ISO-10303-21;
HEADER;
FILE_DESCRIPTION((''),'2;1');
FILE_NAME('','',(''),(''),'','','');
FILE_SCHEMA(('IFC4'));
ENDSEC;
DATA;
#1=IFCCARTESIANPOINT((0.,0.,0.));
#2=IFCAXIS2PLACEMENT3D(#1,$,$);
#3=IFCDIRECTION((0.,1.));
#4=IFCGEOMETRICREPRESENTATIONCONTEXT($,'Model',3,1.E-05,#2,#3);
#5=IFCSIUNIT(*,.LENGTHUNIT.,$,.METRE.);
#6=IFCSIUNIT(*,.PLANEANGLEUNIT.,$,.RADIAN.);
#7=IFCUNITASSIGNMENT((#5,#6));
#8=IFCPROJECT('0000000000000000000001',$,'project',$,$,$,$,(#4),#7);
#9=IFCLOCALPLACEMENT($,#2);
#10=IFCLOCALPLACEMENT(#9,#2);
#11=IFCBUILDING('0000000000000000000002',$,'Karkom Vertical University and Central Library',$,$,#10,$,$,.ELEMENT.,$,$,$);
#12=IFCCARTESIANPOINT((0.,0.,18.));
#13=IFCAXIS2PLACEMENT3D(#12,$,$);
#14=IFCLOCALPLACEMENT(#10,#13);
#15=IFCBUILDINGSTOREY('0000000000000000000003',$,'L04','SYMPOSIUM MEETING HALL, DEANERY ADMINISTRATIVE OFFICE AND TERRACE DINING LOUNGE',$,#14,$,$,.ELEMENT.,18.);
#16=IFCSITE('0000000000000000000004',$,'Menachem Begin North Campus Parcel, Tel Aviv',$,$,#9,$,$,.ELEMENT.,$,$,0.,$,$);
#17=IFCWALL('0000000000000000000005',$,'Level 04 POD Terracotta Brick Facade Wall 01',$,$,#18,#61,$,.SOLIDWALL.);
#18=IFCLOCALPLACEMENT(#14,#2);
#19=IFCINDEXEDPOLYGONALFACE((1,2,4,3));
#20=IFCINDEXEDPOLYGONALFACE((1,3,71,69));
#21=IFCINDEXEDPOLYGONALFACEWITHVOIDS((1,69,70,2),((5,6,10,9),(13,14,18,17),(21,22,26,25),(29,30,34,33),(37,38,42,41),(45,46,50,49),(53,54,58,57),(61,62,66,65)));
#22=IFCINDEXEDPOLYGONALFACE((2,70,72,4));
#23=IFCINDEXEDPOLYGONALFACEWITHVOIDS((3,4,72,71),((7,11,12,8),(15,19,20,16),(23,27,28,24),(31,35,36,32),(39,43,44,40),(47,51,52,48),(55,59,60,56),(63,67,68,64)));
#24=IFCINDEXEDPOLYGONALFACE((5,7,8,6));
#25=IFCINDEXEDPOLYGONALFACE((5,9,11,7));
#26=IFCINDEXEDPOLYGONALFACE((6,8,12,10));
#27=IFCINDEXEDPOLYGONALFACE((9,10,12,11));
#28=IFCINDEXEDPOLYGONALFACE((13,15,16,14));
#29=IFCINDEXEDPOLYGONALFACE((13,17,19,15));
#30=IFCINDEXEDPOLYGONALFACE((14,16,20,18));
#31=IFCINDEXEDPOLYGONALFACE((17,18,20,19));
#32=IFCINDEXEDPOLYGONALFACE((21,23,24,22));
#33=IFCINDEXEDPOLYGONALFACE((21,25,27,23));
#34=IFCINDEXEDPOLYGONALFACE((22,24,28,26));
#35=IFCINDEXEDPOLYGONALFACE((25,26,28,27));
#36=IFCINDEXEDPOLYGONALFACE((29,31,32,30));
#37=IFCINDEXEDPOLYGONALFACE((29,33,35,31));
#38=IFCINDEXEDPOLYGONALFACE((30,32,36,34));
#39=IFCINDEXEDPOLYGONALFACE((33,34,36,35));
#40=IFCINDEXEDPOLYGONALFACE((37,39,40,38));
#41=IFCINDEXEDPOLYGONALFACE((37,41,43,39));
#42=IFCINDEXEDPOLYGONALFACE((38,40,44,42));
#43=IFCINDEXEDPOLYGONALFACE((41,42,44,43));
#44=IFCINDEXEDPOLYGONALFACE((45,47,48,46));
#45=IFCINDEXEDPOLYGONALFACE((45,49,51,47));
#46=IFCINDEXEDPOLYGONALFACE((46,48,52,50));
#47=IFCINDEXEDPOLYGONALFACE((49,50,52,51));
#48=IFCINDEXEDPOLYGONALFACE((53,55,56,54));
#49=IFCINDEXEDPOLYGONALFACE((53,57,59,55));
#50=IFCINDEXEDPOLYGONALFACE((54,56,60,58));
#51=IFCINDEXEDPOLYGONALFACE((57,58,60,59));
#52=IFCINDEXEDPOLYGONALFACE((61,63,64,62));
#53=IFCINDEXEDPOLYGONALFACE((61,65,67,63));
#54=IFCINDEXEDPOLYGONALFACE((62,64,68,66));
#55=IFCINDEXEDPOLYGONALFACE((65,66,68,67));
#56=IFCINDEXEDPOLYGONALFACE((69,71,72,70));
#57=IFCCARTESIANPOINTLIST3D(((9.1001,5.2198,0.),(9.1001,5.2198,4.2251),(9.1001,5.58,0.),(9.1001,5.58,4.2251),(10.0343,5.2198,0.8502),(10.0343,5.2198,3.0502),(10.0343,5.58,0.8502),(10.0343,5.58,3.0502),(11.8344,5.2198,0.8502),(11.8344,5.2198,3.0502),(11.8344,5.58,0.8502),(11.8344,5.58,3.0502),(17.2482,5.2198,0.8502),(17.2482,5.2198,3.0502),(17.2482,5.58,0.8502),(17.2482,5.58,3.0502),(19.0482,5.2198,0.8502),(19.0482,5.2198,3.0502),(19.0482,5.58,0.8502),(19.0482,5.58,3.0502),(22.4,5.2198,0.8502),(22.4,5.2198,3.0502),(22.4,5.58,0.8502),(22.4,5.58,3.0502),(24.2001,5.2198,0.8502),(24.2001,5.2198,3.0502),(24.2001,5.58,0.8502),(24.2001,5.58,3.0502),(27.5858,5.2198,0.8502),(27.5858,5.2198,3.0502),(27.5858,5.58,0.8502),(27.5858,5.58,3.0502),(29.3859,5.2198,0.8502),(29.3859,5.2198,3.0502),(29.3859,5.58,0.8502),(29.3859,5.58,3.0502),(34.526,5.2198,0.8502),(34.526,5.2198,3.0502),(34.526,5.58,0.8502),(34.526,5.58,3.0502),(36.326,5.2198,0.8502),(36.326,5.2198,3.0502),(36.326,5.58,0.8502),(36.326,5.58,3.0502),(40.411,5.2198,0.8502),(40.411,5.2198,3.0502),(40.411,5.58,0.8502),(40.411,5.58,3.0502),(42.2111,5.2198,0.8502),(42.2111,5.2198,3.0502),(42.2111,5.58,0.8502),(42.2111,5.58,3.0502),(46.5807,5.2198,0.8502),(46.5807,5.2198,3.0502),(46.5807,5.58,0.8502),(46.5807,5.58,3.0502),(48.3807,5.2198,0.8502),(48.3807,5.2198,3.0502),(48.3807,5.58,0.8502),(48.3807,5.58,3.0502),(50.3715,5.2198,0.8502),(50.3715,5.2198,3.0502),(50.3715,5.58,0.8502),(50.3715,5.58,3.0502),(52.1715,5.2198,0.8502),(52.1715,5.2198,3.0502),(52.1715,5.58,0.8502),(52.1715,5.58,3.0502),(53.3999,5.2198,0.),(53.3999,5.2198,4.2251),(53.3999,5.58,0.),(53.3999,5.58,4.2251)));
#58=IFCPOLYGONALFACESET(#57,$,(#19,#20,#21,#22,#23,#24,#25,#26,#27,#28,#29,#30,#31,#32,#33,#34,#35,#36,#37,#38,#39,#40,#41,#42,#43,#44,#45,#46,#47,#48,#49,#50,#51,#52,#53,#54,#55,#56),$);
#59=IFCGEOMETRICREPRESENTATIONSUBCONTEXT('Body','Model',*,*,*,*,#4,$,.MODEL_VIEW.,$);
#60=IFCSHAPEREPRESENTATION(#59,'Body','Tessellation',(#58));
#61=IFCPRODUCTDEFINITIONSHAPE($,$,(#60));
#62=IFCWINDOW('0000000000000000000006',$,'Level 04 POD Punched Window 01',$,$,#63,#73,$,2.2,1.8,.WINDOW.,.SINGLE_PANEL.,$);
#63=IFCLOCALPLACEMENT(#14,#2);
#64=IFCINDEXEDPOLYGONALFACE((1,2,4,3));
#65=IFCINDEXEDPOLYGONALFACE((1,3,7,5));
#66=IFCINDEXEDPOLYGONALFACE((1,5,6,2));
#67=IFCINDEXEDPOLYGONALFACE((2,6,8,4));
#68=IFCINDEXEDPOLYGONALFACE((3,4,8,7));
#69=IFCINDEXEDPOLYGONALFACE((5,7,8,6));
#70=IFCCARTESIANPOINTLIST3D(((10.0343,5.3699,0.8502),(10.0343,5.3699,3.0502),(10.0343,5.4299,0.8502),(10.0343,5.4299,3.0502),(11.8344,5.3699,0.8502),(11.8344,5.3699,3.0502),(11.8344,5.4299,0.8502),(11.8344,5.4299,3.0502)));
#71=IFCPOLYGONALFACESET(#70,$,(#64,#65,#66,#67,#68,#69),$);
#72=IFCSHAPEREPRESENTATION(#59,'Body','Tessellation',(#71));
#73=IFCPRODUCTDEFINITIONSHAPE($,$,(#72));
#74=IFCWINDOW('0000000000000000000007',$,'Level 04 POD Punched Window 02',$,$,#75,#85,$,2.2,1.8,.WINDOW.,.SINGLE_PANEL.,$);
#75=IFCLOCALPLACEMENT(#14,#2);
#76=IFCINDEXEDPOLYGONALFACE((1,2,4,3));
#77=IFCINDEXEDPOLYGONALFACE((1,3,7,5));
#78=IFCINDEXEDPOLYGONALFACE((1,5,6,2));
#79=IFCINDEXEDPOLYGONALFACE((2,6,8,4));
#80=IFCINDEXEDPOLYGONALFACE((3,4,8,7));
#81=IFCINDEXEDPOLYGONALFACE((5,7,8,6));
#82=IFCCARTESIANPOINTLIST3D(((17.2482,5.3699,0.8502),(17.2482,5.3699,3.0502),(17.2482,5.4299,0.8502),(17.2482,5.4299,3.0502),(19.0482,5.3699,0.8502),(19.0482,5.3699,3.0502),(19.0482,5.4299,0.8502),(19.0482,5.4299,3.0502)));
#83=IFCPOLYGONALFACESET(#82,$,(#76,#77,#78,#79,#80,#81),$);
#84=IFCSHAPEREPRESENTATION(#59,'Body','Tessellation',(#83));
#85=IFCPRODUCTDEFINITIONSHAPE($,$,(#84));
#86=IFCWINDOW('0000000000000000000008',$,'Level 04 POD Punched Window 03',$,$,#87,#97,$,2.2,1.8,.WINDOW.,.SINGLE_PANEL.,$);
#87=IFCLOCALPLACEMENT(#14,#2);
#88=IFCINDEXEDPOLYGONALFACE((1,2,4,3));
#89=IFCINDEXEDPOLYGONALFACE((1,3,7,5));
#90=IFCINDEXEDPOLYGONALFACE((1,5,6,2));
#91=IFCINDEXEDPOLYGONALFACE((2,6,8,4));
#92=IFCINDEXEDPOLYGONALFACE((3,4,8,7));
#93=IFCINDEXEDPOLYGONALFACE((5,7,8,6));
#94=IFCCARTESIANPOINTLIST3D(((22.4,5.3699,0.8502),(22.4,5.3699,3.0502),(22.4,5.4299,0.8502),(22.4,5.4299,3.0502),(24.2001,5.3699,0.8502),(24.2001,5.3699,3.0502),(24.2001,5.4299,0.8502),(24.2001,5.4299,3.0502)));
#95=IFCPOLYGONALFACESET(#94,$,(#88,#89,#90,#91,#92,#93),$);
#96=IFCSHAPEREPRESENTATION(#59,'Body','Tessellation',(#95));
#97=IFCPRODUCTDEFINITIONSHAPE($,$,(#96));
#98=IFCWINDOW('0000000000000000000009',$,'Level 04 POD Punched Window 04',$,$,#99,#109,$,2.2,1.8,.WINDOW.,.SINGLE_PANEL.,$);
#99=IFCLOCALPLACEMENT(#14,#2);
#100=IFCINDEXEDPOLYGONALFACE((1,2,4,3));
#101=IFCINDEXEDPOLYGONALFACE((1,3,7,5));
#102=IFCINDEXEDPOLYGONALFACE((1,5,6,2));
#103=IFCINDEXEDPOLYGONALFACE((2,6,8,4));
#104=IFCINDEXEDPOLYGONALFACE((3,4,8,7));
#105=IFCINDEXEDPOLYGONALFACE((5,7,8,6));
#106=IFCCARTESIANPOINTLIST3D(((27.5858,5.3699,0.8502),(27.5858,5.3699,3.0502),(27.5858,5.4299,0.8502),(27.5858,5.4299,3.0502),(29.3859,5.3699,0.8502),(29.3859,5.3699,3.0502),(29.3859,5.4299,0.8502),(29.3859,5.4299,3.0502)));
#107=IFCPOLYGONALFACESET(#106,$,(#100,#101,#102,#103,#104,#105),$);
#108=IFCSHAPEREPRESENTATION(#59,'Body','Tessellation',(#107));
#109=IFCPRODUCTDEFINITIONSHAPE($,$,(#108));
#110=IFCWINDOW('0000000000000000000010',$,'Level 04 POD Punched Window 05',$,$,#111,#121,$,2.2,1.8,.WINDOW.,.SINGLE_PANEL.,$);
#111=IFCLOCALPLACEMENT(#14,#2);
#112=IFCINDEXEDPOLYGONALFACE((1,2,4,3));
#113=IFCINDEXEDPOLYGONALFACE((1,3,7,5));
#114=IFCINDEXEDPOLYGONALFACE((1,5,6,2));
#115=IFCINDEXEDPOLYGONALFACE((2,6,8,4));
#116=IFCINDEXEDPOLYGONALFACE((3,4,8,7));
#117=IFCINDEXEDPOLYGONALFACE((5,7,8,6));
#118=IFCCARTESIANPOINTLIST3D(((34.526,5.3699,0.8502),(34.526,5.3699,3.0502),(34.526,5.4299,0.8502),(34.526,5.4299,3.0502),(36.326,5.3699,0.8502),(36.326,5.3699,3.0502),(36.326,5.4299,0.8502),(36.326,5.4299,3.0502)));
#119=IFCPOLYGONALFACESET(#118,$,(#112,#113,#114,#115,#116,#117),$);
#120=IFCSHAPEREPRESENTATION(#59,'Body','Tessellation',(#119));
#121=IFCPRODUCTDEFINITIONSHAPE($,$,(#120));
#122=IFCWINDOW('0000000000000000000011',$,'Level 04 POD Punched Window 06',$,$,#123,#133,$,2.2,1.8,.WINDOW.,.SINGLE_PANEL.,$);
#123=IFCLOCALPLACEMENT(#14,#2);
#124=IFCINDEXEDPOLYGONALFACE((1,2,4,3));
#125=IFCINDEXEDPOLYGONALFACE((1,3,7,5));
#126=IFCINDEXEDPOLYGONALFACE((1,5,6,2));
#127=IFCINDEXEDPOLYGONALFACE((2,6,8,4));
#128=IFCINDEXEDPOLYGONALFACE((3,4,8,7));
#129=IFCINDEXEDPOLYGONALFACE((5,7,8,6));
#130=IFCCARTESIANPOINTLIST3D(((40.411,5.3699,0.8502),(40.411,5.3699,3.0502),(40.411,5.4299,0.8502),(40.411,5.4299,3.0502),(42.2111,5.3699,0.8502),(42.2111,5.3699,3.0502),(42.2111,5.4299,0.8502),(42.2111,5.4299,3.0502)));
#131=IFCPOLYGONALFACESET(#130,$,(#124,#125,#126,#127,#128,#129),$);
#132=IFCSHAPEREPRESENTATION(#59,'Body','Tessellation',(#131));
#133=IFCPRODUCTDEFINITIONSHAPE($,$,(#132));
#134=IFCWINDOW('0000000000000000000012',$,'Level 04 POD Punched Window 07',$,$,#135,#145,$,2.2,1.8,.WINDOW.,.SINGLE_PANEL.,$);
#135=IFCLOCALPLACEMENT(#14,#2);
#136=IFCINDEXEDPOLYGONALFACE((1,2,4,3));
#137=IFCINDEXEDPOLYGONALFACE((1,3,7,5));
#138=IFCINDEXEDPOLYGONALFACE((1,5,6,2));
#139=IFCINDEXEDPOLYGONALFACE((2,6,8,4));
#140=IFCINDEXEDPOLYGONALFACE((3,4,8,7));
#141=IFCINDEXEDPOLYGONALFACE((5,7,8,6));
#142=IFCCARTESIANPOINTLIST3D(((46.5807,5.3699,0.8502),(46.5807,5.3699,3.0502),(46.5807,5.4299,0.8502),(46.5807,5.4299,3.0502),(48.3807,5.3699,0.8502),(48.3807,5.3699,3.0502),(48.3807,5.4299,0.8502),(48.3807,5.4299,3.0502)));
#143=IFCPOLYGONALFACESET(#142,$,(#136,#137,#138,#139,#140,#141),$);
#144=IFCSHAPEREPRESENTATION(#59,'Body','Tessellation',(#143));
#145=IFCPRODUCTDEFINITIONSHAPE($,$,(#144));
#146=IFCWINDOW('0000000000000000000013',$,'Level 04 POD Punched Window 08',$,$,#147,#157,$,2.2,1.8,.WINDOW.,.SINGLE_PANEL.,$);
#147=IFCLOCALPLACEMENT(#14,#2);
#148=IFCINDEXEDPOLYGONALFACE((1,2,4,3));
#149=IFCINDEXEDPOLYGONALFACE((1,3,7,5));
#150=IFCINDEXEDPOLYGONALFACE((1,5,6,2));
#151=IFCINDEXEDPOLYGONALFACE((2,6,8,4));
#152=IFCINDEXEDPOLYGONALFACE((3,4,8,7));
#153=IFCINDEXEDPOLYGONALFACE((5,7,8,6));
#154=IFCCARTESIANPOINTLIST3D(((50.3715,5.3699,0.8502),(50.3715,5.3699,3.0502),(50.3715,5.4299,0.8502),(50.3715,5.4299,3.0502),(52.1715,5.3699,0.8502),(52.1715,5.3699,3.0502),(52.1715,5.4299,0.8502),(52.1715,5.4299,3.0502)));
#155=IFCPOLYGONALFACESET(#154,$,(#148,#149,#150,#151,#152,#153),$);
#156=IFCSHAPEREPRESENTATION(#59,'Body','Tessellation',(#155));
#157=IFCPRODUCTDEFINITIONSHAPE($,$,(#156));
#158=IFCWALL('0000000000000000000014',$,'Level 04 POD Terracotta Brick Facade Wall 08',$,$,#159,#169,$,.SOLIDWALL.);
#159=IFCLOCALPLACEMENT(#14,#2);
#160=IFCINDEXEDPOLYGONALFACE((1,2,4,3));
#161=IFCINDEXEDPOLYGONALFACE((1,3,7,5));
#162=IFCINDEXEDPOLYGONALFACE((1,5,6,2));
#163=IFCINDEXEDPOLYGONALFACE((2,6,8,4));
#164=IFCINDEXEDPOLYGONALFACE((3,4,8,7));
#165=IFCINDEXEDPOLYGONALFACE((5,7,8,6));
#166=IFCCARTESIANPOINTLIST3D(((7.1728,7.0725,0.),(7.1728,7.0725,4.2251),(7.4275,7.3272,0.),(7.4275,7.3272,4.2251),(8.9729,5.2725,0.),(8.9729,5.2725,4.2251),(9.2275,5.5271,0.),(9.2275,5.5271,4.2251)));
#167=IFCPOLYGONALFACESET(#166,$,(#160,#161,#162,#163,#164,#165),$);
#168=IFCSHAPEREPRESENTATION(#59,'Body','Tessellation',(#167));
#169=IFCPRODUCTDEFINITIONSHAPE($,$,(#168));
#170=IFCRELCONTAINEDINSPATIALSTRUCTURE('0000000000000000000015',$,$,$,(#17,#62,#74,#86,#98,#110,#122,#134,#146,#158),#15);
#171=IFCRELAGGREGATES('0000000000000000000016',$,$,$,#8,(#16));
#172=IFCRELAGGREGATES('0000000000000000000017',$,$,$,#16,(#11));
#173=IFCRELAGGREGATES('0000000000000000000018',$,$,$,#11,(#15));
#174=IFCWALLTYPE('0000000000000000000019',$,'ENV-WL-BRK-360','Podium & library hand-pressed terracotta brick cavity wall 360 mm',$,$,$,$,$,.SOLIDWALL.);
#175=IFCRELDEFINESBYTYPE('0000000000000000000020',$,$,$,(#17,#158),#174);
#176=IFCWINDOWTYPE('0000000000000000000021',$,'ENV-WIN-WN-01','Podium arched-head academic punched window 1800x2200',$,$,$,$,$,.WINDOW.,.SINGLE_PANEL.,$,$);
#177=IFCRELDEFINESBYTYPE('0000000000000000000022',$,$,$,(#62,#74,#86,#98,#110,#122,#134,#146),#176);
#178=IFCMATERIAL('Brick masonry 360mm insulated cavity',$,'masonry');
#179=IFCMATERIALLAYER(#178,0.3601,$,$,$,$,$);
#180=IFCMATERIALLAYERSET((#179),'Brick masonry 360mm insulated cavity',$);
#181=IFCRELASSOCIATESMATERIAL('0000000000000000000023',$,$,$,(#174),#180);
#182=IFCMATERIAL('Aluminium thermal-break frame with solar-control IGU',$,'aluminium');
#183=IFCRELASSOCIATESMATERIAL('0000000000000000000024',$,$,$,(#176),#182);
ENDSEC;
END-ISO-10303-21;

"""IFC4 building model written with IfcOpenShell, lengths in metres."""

from ifc_helpers import new_model, si_unit, direction, frame, frame_2d, origin, origin_with_axes, place, context, subcontext, project, spatial, rectangle, extrude, source, transform, mapped, material, layer, layer_set, type_object, element, fill, save


model = new_model("IFC4")

# Units and contexts
model_context = context("Model", 3, precision=1e-05, world=origin(), true_north=direction((0.0, 1.0)))
body_context = subcontext(model_context, "Body", "Model", "MODEL_VIEW")
ifc_project = project(units=[si_unit("LENGTHUNIT", "METRE"), si_unit("PLANEANGLEUNIT", "RADIAN")], contexts=[model_context])

# Site, building, storey
site_placement = place(None, origin())
site = spatial("IfcSite", under=ifc_project, at=site_placement, Name="Menachem Begin North Campus Parcel, Tel Aviv", CompositionType="ELEMENT", RefElevation=0.0)
building_placement = place(site_placement, origin())
building = spatial("IfcBuilding", under=site, at=building_placement, Name="Karkom Vertical University and Central Library", CompositionType="ELEMENT")
storey_placement = place(building_placement, frame((0.0, 0.0, 18.0)))
storey = spatial("IfcBuildingStorey", under=building, at=storey_placement, Name="L04", Description="SYMPOSIUM MEETING HALL, DEANERY ADMINISTRATIVE OFFICE AND TERRACE DINING LOUNGE", CompositionType="ELEMENT", Elevation=18.0)

# Wall, openings, windows
ifc_material_1 = material(Name="Brick masonry 360mm insulated cavity", Category="masonry")
ifc_layer_1 = layer(ifc_material_1, 0.3601)
ifc_layer_set_1 = layer_set([ifc_layer_1], Name="Brick masonry 360mm insulated cavity")
wall_type_1 = type_object("IfcWallType", Name="ENV-WL-BRK-360", Description="Podium & library hand-pressed terracotta brick cavity wall 360 mm", PredefinedType="SOLIDWALL", material=ifc_layer_set_1)
wall_1_placement = place(storey_placement, frame((9.1001, 5.3999, 0.0), z_axis=(0.0, 0.0, 1.0), x_axis=(1.0, 0.0, 0.0)))
wall_1 = element("IfcWall", 1, at=wall_1_placement, inside=storey, type_object=wall_type_1, Name="Level 04 POD Terracotta Brick Facade Wall 01", PredefinedType="SOLIDWALL", context=body_context, shape_type="SweptSolid", body=[
    extrude(rectangle(XDim=44.2998, YDim=0.3601, at=frame_2d((22.1499, 0.0))), origin(), (0.0, 0.0, 1.0), 4.2251),
])
opening_1_placement = place(wall_1_placement, frame((0.9343, 0.0, 0.8501)))
opening_1 = element("IfcOpeningElement", 2, at=opening_1_placement, cuts=wall_1, PredefinedType="OPENING", context=body_context, shape_type="SweptSolid", body=[
    extrude(rectangle(XDim=1.8, YDim=2.2, at=frame_2d((0.8999, 1.1001))), frame((0.0, 0.1899, 0.0), z_axis=(0.0, -1.0, 0.0), x_axis=(1.0, 0.0, 0.0)), (0.0, 0.0, 1.0), 0.3801),
])
opening_2_placement = place(wall_1_placement, frame((8.1482, 0.0, 0.8501)))
opening_2 = element("IfcOpeningElement", 3, at=opening_2_placement, cuts=wall_1, PredefinedType="OPENING", context=body_context, shape_type="SweptSolid", body=[
    extrude(rectangle(XDim=1.8, YDim=2.2, at=frame_2d((0.8999, 1.1001))), frame((0.0, 0.1899, 0.0), z_axis=(0.0, -1.0, 0.0), x_axis=(1.0, 0.0, 0.0)), (0.0, 0.0, 1.0), 0.3801),
])
opening_3_placement = place(wall_1_placement, frame((13.3, 0.0, 0.8501)))
opening_3 = element("IfcOpeningElement", 4, at=opening_3_placement, cuts=wall_1, PredefinedType="OPENING", context=body_context, shape_type="SweptSolid", body=[
    extrude(rectangle(XDim=1.8, YDim=2.2, at=frame_2d((0.8999, 1.1001))), frame((0.0, 0.1899, 0.0), z_axis=(0.0, -1.0, 0.0), x_axis=(1.0, 0.0, 0.0)), (0.0, 0.0, 1.0), 0.3801),
])
opening_4_placement = place(wall_1_placement, frame((18.4858, 0.0, 0.8501)))
opening_4 = element("IfcOpeningElement", 5, at=opening_4_placement, cuts=wall_1, PredefinedType="OPENING", context=body_context, shape_type="SweptSolid", body=[
    extrude(rectangle(XDim=1.8, YDim=2.2, at=frame_2d((0.8999, 1.1001))), frame((0.0, 0.1899, 0.0), z_axis=(0.0, -1.0, 0.0), x_axis=(1.0, 0.0, 0.0)), (0.0, 0.0, 1.0), 0.3801),
])
opening_5_placement = place(wall_1_placement, frame((25.426, 0.0, 0.8501)))
opening_5 = element("IfcOpeningElement", 6, at=opening_5_placement, cuts=wall_1, PredefinedType="OPENING", context=body_context, shape_type="SweptSolid", body=[
    extrude(rectangle(XDim=1.8, YDim=2.2, at=frame_2d((0.8999, 1.1001))), frame((0.0, 0.1899, 0.0), z_axis=(0.0, -1.0, 0.0), x_axis=(1.0, 0.0, 0.0)), (0.0, 0.0, 1.0), 0.3801),
])
opening_6_placement = place(wall_1_placement, frame((31.311, 0.0, 0.8501)))
opening_6 = element("IfcOpeningElement", 7, at=opening_6_placement, cuts=wall_1, PredefinedType="OPENING", context=body_context, shape_type="SweptSolid", body=[
    extrude(rectangle(XDim=1.8, YDim=2.2, at=frame_2d((0.8999, 1.1001))), frame((0.0, 0.1899, 0.0), z_axis=(0.0, -1.0, 0.0), x_axis=(1.0, 0.0, 0.0)), (0.0, 0.0, 1.0), 0.3801),
])
opening_7_placement = place(wall_1_placement, frame((37.4807, 0.0, 0.8501)))
opening_7 = element("IfcOpeningElement", 8, at=opening_7_placement, cuts=wall_1, PredefinedType="OPENING", context=body_context, shape_type="SweptSolid", body=[
    extrude(rectangle(XDim=1.8, YDim=2.2, at=frame_2d((0.8999, 1.1001))), frame((0.0, 0.1899, 0.0), z_axis=(0.0, -1.0, 0.0), x_axis=(1.0, 0.0, 0.0)), (0.0, 0.0, 1.0), 0.3801),
])
opening_8_placement = place(wall_1_placement, frame((41.2715, 0.0, 0.8501)))
opening_8 = element("IfcOpeningElement", 9, at=opening_8_placement, cuts=wall_1, PredefinedType="OPENING", context=body_context, shape_type="SweptSolid", body=[
    extrude(rectangle(XDim=1.8, YDim=2.2, at=frame_2d((0.8999, 1.1001))), frame((0.0, 0.1899, 0.0), z_axis=(0.0, -1.0, 0.0), x_axis=(1.0, 0.0, 0.0)), (0.0, 0.0, 1.0), 0.3801),
])
ifc_material_2 = material(Name="Aluminium thermal-break frame with solar-control IGU", Category="aluminium")
window_type = type_object("IfcWindowType", Name="ENV-WIN-WN-01", Description="Podium arched-head academic punched window 1800x2200", PartitioningType="SINGLE_PANEL", PredefinedType="WINDOW", material=ifc_material_2)
shared_shape_1 = source(origin_with_axes(), body_context, "Body", "SweptSolid", [
    extrude(rectangle(XDim=1.8, YDim=2.2, at=frame_2d((0.8999, 1.1001))), frame((0.0, 0.03, 0.0), z_axis=(0.0, -1.0, 0.0), x_axis=(1.0, 0.0, 0.0)), (0.0, 0.0, 1.0), 0.0601),
])
window_1_placement = place(opening_1_placement, origin())
window_1 = element("IfcWindow", 10, at=window_1_placement, inside=storey, type_object=window_type, Name="Level 04 POD Punched Window 01", OverallHeight=2.2, OverallWidth=1.8, PartitioningType="SINGLE_PANEL", PredefinedType="WINDOW", context=body_context, shape_type="MappedRepresentation", body=[
    mapped(shared_shape_1, transform((0.0, 0.0, 0.0), scale=1.0)),
])
fill(opening_1, window_1)
window_2_placement = place(opening_2_placement, origin())
window_2 = element("IfcWindow", 11, at=window_2_placement, inside=storey, type_object=window_type, Name="Level 04 POD Punched Window 02", OverallHeight=2.2, OverallWidth=1.8, PartitioningType="SINGLE_PANEL", PredefinedType="WINDOW", context=body_context, shape_type="MappedRepresentation", body=[
    mapped(shared_shape_1, transform((0.0, 0.0, 0.0), scale=1.0)),
])
fill(opening_2, window_2)
window_3_placement = place(opening_3_placement, origin())
window_3 = element("IfcWindow", 12, at=window_3_placement, inside=storey, type_object=window_type, Name="Level 04 POD Punched Window 03", OverallHeight=2.2, OverallWidth=1.8, PartitioningType="SINGLE_PANEL", PredefinedType="WINDOW", context=body_context, shape_type="MappedRepresentation", body=[
    mapped(shared_shape_1, transform((0.0, 0.0, 0.0), scale=1.0)),
])
fill(opening_3, window_3)
window_4_placement = place(opening_4_placement, origin())
window_4 = element("IfcWindow", 13, at=window_4_placement, inside=storey, type_object=window_type, Name="Level 04 POD Punched Window 04", OverallHeight=2.2, OverallWidth=1.8, PartitioningType="SINGLE_PANEL", PredefinedType="WINDOW", context=body_context, shape_type="MappedRepresentation", body=[
    mapped(shared_shape_1, transform((0.0, 0.0, 0.0), scale=1.0)),
])
fill(opening_4, window_4)
window_5_placement = place(opening_5_placement, origin())
window_5 = element("IfcWindow", 14, at=window_5_placement, inside=storey, type_object=window_type, Name="Level 04 POD Punched Window 05", OverallHeight=2.2, OverallWidth=1.8, PartitioningType="SINGLE_PANEL", PredefinedType="WINDOW", context=body_context, shape_type="MappedRepresentation", body=[
    mapped(shared_shape_1, transform((0.0, 0.0, 0.0), scale=1.0)),
])
fill(opening_5, window_5)
window_6_placement = place(opening_6_placement, origin())
window_6 = element("IfcWindow", 15, at=window_6_placement, inside=storey, type_object=window_type, Name="Level 04 POD Punched Window 06", OverallHeight=2.2, OverallWidth=1.8, PartitioningType="SINGLE_PANEL", PredefinedType="WINDOW", context=body_context, shape_type="MappedRepresentation", body=[
    mapped(shared_shape_1, transform((0.0, 0.0, 0.0), scale=1.0)),
])
fill(opening_6, window_6)
window_7_placement = place(opening_7_placement, origin())
window_7 = element("IfcWindow", 16, at=window_7_placement, inside=storey, type_object=window_type, Name="Level 04 POD Punched Window 07", OverallHeight=2.2, OverallWidth=1.8, PartitioningType="SINGLE_PANEL", PredefinedType="WINDOW", context=body_context, shape_type="MappedRepresentation", body=[
    mapped(shared_shape_1, transform((0.0, 0.0, 0.0), scale=1.0)),
])
fill(opening_7, window_7)
window_8_placement = place(opening_8_placement, origin())
window_8 = element("IfcWindow", 17, at=window_8_placement, inside=storey, type_object=window_type, Name="Level 04 POD Punched Window 08", OverallHeight=2.2, OverallWidth=1.8, PartitioningType="SINGLE_PANEL", PredefinedType="WINDOW", context=body_context, shape_type="MappedRepresentation", body=[
    mapped(shared_shape_1, transform((0.0, 0.0, 0.0), scale=1.0)),
])
fill(opening_8, window_8)

# Wall
wall_2_placement = place(storey_placement, frame((7.3, 7.2, 0.0), z_axis=(0.0, 0.0, 1.0), x_axis=(0.707107, -0.707107, 0.0)))
element("IfcWall", 18, at=wall_2_placement, inside=storey, type_object=wall_type_1, Name="Level 04 POD Terracotta Brick Facade Wall 08", PredefinedType="SOLIDWALL", context=body_context, shape_type="SweptSolid", body=[
    extrude(rectangle(XDim=2.5457, YDim=0.3601, at=frame_2d((1.2729, 0.0))), origin(), (0.0, 0.0, 1.0), 4.2251),
])

save(model, "model.ifc")
